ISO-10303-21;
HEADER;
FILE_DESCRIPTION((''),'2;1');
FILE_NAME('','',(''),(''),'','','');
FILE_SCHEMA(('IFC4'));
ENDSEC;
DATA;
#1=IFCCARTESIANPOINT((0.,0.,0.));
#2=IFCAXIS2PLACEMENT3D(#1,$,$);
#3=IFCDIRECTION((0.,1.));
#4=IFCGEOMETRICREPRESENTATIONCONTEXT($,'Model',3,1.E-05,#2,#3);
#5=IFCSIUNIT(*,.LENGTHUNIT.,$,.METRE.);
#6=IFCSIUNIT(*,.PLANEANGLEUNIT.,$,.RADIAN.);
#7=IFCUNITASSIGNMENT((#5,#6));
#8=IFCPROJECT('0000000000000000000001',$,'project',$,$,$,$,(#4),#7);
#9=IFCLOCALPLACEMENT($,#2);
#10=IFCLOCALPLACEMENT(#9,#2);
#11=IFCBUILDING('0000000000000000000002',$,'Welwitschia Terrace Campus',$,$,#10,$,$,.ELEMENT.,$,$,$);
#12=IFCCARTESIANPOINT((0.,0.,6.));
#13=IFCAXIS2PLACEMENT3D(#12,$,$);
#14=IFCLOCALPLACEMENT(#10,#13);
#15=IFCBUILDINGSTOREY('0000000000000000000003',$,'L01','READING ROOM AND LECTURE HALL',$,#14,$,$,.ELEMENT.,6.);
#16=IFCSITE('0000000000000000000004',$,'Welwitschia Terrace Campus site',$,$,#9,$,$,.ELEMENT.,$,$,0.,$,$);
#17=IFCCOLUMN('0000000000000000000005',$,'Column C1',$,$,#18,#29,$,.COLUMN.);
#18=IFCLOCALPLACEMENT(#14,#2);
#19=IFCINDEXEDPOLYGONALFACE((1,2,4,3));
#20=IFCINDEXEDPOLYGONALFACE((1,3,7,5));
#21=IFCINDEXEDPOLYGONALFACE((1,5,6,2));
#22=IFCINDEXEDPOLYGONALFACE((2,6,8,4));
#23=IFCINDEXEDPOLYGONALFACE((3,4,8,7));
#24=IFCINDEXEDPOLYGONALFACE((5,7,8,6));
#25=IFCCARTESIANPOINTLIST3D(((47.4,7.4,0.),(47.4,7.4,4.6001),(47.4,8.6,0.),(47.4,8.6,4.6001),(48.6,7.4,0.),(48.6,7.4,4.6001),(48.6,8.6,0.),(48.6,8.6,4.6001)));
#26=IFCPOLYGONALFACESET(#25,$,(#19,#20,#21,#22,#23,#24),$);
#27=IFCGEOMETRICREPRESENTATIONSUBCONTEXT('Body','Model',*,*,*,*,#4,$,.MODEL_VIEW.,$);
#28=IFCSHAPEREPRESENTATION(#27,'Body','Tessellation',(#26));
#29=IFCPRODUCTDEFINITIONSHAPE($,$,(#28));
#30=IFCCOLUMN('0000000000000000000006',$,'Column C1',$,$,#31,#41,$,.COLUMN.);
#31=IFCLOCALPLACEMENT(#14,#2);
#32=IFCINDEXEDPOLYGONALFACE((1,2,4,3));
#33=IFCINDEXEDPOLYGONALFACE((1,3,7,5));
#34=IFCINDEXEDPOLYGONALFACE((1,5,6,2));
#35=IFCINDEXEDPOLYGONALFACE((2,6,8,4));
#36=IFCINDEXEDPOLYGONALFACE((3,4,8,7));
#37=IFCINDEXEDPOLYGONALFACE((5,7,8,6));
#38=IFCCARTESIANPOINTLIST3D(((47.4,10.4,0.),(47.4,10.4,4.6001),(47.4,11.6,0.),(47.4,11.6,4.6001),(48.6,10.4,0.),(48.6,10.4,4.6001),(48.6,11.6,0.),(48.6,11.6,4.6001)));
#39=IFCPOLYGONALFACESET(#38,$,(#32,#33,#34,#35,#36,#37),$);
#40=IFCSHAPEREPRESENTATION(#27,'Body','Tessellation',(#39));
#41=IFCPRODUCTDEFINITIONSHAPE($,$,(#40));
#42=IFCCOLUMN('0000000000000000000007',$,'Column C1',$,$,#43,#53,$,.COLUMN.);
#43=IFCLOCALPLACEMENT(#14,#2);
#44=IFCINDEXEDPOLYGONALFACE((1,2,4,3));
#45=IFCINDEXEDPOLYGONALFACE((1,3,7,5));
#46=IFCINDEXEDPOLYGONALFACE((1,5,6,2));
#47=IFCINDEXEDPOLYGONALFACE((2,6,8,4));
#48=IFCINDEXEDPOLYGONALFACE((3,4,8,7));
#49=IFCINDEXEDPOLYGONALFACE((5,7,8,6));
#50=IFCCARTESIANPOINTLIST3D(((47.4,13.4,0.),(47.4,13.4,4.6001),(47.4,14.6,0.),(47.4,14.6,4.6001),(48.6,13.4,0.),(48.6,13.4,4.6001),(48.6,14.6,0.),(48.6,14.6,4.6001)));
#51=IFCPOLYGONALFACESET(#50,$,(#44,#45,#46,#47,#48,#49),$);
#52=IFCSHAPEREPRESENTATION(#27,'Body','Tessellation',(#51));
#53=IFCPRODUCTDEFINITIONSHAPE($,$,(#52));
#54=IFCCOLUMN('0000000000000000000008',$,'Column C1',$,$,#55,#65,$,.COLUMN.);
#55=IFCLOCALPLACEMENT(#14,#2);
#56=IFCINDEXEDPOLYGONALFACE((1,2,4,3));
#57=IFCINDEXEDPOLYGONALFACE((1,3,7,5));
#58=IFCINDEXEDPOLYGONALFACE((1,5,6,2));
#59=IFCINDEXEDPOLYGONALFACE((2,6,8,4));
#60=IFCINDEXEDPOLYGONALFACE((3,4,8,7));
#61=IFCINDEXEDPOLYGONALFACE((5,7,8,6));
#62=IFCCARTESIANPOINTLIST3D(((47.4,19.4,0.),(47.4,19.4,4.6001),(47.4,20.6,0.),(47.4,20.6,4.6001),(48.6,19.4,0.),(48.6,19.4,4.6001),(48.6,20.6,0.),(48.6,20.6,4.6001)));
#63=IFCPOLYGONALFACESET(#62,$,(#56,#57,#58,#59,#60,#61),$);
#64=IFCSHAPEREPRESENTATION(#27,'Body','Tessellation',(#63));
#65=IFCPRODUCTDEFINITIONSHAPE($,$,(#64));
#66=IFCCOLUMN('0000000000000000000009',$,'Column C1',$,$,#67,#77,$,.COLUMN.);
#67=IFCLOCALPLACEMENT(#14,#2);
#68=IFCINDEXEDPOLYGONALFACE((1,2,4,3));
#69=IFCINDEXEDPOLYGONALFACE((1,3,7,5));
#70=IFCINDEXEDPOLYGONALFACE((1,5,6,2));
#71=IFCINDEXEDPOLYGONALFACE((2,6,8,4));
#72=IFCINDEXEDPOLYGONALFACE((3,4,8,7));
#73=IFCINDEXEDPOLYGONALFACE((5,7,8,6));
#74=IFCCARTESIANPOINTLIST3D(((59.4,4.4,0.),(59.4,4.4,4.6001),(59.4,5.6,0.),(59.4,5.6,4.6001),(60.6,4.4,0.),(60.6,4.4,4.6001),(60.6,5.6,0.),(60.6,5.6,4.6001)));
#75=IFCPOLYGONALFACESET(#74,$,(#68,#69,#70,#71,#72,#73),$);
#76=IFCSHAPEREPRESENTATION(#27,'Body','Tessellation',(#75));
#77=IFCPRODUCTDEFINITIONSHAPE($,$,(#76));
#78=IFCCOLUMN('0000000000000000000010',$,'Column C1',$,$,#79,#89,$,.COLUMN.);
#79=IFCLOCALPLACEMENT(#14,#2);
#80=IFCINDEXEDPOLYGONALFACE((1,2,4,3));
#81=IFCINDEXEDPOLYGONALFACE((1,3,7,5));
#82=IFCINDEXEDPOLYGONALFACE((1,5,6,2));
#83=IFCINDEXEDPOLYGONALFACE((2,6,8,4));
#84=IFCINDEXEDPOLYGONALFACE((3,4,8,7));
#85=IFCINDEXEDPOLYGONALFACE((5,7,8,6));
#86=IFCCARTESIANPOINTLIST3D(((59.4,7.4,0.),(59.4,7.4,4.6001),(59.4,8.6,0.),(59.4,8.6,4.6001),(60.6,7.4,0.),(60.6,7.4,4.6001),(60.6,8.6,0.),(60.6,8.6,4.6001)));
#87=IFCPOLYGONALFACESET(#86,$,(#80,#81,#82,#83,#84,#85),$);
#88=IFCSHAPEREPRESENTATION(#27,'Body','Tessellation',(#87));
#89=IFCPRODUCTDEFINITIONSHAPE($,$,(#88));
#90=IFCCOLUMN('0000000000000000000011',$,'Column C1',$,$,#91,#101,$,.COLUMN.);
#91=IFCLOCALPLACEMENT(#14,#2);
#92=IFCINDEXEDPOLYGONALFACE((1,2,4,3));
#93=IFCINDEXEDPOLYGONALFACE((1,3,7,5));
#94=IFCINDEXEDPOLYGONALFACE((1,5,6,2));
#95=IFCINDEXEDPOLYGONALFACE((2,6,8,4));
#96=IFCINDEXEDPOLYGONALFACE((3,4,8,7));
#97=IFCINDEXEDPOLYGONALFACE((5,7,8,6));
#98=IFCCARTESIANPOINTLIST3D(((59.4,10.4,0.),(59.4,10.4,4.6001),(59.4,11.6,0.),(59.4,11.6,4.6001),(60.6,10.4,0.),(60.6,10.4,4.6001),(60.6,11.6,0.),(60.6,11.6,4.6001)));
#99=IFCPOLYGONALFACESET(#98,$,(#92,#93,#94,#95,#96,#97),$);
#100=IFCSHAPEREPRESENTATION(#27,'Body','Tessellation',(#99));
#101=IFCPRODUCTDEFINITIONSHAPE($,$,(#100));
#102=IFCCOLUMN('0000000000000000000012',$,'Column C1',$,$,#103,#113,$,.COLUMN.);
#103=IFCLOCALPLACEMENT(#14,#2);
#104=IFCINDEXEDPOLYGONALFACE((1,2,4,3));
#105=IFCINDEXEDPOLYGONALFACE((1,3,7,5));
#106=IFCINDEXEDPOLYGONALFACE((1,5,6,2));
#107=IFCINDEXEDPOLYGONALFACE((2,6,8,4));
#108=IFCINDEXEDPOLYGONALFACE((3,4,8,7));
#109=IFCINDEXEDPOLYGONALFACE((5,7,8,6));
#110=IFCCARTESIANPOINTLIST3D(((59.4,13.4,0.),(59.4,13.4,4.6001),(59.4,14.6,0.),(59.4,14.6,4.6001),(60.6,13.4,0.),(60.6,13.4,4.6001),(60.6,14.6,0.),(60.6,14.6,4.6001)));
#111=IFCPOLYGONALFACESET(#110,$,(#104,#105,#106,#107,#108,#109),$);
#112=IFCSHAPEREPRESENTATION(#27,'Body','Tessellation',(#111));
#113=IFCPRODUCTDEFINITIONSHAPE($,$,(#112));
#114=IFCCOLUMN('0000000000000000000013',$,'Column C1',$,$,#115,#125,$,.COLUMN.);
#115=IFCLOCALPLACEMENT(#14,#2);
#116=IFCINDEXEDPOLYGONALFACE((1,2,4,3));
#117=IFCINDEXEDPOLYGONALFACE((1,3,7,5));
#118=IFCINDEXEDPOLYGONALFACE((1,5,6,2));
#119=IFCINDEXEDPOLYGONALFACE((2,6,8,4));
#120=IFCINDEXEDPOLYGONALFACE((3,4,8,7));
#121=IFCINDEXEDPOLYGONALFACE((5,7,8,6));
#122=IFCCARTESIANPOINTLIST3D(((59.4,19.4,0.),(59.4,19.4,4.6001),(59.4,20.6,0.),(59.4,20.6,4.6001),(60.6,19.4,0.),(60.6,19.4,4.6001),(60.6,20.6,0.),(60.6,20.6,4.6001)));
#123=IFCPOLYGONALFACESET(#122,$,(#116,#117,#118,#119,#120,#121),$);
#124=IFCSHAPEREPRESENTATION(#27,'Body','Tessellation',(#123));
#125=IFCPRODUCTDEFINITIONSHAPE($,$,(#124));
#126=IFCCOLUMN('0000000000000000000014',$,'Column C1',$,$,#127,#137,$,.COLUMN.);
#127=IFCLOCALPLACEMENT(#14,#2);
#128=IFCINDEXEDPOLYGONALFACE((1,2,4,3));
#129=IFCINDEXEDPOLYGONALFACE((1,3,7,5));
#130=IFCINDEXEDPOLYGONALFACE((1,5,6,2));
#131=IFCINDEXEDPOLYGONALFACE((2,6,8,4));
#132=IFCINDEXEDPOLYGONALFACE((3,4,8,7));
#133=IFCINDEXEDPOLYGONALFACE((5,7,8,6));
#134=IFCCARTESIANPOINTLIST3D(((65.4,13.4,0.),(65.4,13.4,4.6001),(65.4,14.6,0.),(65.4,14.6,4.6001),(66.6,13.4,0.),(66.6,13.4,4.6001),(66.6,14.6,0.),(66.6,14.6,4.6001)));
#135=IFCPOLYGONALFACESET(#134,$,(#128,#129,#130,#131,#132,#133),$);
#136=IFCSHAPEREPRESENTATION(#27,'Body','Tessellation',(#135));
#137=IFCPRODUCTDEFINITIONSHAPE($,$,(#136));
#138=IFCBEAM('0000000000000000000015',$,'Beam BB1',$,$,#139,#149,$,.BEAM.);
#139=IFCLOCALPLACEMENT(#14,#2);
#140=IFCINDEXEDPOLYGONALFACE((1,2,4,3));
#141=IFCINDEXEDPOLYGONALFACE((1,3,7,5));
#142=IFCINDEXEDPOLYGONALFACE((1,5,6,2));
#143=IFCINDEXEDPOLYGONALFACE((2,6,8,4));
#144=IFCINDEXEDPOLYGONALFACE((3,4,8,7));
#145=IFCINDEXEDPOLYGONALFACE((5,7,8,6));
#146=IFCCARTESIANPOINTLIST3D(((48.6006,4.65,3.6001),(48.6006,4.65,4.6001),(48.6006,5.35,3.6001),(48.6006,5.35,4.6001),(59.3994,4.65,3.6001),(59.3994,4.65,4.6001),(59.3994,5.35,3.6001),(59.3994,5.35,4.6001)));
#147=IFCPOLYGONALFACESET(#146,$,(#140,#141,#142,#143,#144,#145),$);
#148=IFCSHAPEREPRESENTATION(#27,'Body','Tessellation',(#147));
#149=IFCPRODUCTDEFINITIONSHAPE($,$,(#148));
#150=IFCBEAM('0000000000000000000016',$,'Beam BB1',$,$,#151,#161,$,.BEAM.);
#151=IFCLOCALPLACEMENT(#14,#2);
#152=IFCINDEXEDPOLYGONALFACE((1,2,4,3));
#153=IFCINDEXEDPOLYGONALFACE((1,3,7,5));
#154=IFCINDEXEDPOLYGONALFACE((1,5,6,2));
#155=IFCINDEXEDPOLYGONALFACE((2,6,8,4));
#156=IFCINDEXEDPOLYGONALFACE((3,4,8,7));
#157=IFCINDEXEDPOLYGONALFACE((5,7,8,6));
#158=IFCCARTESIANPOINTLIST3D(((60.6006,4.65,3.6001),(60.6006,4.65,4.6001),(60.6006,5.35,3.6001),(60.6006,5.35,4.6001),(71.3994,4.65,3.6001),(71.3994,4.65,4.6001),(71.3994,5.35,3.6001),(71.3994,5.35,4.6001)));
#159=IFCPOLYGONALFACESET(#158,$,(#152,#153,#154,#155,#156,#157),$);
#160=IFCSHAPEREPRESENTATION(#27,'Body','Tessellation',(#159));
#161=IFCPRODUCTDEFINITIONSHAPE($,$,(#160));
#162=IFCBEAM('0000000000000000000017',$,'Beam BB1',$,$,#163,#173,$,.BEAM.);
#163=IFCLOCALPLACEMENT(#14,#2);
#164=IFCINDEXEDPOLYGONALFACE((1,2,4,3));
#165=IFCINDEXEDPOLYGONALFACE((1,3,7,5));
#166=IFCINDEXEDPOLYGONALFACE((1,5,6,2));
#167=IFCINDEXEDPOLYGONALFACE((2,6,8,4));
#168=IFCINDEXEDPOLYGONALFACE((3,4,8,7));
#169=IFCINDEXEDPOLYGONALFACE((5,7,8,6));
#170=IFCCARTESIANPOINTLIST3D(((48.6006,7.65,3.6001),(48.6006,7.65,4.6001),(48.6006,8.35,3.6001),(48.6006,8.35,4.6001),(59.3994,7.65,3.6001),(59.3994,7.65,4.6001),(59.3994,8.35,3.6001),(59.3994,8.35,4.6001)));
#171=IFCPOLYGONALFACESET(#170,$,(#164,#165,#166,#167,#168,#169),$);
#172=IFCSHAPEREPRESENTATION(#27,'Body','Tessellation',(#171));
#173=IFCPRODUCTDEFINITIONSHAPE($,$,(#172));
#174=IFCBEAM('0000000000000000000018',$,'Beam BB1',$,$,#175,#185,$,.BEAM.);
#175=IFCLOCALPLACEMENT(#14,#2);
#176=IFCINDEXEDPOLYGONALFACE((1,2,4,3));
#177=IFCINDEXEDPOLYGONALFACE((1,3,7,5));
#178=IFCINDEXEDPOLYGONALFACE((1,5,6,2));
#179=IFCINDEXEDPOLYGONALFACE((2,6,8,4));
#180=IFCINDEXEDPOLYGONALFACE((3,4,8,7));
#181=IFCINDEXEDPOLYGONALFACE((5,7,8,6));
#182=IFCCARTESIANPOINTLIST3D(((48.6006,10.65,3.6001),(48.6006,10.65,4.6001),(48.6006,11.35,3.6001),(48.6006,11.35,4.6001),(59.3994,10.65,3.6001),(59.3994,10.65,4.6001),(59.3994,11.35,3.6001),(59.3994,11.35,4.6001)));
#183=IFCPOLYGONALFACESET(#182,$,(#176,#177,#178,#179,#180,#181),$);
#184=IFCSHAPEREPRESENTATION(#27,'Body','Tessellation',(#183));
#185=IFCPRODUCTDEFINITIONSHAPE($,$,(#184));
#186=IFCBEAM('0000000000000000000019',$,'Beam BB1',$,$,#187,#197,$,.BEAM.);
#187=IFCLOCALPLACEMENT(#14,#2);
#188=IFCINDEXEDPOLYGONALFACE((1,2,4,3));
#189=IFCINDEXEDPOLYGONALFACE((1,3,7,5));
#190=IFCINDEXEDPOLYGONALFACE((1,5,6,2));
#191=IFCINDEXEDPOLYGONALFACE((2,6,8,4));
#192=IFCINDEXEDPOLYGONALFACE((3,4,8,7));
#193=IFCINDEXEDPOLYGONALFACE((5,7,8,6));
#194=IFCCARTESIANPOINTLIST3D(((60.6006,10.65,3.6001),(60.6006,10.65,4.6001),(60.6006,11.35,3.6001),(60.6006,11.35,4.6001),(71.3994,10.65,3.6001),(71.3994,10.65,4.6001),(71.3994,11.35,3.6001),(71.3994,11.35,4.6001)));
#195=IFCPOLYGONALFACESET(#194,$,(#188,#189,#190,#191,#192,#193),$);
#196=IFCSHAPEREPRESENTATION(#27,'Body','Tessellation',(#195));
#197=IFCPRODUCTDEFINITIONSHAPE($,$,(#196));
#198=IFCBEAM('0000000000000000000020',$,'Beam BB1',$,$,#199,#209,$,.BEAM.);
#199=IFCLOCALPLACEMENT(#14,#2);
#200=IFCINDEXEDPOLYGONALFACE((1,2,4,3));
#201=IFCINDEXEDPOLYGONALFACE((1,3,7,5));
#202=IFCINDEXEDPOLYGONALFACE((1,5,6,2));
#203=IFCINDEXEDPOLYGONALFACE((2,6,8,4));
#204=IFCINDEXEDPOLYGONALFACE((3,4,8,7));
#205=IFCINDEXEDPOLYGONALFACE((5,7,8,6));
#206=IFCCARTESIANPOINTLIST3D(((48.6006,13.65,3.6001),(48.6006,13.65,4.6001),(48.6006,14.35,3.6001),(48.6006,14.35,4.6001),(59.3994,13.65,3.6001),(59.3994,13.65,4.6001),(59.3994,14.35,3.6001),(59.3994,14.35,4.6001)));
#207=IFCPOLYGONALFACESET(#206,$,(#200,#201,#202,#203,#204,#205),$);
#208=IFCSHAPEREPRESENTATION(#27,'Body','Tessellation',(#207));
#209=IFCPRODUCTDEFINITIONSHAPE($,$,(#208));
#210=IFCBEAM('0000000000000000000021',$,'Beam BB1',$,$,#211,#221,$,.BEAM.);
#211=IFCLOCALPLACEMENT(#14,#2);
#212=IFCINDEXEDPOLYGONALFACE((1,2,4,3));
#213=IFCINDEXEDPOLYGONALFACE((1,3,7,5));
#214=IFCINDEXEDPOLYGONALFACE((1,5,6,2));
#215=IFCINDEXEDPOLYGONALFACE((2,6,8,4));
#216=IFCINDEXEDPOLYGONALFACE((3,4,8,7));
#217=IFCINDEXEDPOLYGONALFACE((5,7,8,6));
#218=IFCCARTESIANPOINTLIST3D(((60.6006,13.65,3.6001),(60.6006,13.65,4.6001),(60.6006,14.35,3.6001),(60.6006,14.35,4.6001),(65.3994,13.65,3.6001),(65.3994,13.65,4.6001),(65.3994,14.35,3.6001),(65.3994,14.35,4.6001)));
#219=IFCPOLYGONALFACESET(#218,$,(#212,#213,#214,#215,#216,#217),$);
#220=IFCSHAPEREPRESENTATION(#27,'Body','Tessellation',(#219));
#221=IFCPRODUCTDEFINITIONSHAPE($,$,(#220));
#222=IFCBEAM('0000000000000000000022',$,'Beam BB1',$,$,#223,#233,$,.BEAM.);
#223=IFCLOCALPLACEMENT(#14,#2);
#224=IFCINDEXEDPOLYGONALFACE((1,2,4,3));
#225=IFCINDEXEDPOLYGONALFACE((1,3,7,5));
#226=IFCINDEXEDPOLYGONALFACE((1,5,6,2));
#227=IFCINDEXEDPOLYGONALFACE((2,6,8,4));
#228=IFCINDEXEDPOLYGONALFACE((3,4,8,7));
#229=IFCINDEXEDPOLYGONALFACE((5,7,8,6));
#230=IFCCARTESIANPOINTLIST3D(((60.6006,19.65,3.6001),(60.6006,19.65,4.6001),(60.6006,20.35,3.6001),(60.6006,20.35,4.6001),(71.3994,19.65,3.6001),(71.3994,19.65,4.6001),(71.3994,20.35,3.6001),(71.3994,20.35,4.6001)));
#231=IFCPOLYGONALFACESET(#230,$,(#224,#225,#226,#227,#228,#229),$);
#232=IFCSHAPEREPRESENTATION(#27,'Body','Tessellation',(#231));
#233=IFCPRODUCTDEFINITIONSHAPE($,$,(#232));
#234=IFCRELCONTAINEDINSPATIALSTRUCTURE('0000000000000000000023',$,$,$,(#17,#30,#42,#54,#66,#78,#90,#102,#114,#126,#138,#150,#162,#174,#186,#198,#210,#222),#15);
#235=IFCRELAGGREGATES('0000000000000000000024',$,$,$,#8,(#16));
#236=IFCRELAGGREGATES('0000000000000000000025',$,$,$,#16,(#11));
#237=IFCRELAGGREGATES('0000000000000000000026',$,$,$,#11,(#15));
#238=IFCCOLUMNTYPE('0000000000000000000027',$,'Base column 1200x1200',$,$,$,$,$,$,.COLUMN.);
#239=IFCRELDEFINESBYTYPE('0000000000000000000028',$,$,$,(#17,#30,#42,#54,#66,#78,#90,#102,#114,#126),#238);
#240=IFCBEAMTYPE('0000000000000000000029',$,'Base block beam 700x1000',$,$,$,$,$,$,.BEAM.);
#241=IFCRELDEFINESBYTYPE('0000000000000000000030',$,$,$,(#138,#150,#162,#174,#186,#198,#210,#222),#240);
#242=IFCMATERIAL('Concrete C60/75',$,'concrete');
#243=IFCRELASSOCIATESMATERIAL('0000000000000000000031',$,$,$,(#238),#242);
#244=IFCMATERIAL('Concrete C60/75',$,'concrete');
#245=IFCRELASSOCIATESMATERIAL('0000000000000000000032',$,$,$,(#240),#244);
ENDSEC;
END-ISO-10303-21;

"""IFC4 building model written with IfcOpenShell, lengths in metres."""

from ifc_helpers import new_model, si_unit, direction, frame, origin, origin_2d, place, context, subcontext, project, spatial, rectangle, extrude, material, material_profile, profile_set, type_object, element, save


model = new_model("IFC4")

# Units and contexts
model_context = context("Model", 3, precision=1e-05, world=origin(), true_north=direction((0.0, 1.0)))
body_context = subcontext(model_context, "Body", "Model", "MODEL_VIEW")
ifc_project = project(units=[si_unit("LENGTHUNIT", "METRE"), si_unit("PLANEANGLEUNIT", "RADIAN")], contexts=[model_context])

# Site, building, storey
site_placement = place(None, origin())
site = spatial("IfcSite", under=ifc_project, at=site_placement, Name="Welwitschia Terrace Campus site", CompositionType="ELEMENT", RefElevation=0.0)
building_placement = place(site_placement, origin())
building = spatial("IfcBuilding", under=site, at=building_placement, Name="Welwitschia Terrace Campus", CompositionType="ELEMENT")
storey_placement = place(building_placement, frame((0.0, 0.0, 6.0)))
storey = spatial("IfcBuildingStorey", under=building, at=storey_placement, Name="L01", Description="READING ROOM AND LECTURE HALL", CompositionType="ELEMENT", Elevation=6.0)

# Columns
ifc_material_1 = material(Name="Concrete C60/75", Category="concrete")
ifc_material_profile_1 = material_profile(ifc_material_1, rectangle(XDim=1.2, YDim=1.2, at=origin_2d()))
ifc_profile_set_1 = profile_set([ifc_material_profile_1], Name="Concrete C60/75")
column_type = type_object("IfcColumnType", Name="Base column 1200x1200", PredefinedType="COLUMN", material=ifc_profile_set_1)
for number, where, z_axis, x_axis, name in (
    (1, (48.0, 8.0, 0.0), (0.0, 0.0, 1.0), (1.0, 0.0, 0.0), "Column C1"),
    (2, (48.0, 11.0, 0.0), (0.0, 0.0, 1.0), (1.0, 0.0, 0.0), "Column C1"),
    (3, (48.0, 14.0, 0.0), (0.0, 0.0, 1.0), (1.0, 0.0, 0.0), "Column C1"),
    (4, (48.0, 20.0, 0.0), (0.0, 0.0, 1.0), (1.0, 0.0, 0.0), "Column C1"),
    (5, (60.0, 5.0, 0.0), (0.0, 0.0, 1.0), (1.0, 0.0, 0.0), "Column C1"),
    (6, (60.0, 8.0, 0.0), (0.0, 0.0, 1.0), (1.0, 0.0, 0.0), "Column C1"),
    (7, (60.0, 11.0, 0.0), (0.0, 0.0, 1.0), (1.0, 0.0, 0.0), "Column C1"),
    (8, (60.0, 14.0, 0.0), (0.0, 0.0, 1.0), (1.0, 0.0, 0.0), "Column C1"),
    (9, (60.0, 20.0, 0.0), (0.0, 0.0, 1.0), (1.0, 0.0, 0.0), "Column C1"),
    (10, (66.0, 14.0, 0.0), (0.0, 0.0, 1.0), (1.0, 0.0, 0.0), "Column C1"),
):
    element("IfcColumn", number, at=place(storey_placement, frame(where, z_axis=z_axis, x_axis=x_axis)), inside=storey, type_object=column_type, Name=name, PredefinedType="COLUMN", context=body_context, shape_type="SweptSolid", body=[
        extrude(rectangle(XDim=1.2, YDim=1.2, at=origin_2d()), origin(), (0.0, 0.0, 1.0), 4.6001),
    ])

# Beams
ifc_material_2 = material(Name="Concrete C60/75", Category="concrete")
ifc_material_profile_2 = material_profile(ifc_material_2, rectangle(XDim=0.7, YDim=1.0, at=origin_2d()))
ifc_profile_set_2 = profile_set([ifc_material_profile_2], Name="Concrete C60/75")
beam_type_1 = type_object("IfcBeamType", Name="Base block beam 700x1000", PredefinedType="BEAM", material=ifc_profile_set_2)
for number, where, z_axis, x_axis, name in (
    (11, (48.6006, 5.0, 4.1001), (1.0, 0.0, 0.0), (0.0, 1.0, 0.0), "Beam BB1"),
    (12, (60.6006, 5.0, 4.1001), (1.0, 0.0, 0.0), (0.0, 1.0, 0.0), "Beam BB1"),
    (13, (48.6006, 8.0, 4.1001), (1.0, 0.0, 0.0), (0.0, 1.0, 0.0), "Beam BB1"),
    (14, (48.6006, 11.0, 4.1001), (1.0, 0.0, 0.0), (0.0, 1.0, 0.0), "Beam BB1"),
    (15, (60.6006, 11.0, 4.1001), (1.0, 0.0, 0.0), (0.0, 1.0, 0.0), "Beam BB1"),
    (16, (48.6006, 14.0, 4.1001), (1.0, 0.0, 0.0), (0.0, 1.0, 0.0), "Beam BB1"),
):
    element("IfcBeam", number, at=place(storey_placement, frame(where, z_axis=z_axis, x_axis=x_axis)), inside=storey, type_object=beam_type_1, Name=name, PredefinedType="BEAM", context=body_context, shape_type="SweptSolid", body=[
        extrude(rectangle(XDim=0.7, YDim=1.0, at=origin_2d()), origin(), (0.0, 0.0, 1.0), 10.7988),
    ])
beam_1_placement = place(storey_placement, frame((60.6006, 14.0, 4.1001), z_axis=(1.0, 0.0, 0.0), x_axis=(0.0, 1.0, 0.0)))
element("IfcBeam", 17, at=beam_1_placement, inside=storey, type_object=beam_type_1, Name="Beam BB1", PredefinedType="BEAM", context=body_context, shape_type="SweptSolid", body=[
    extrude(rectangle(XDim=0.7, YDim=1.0, at=origin_2d()), origin(), (0.0, 0.0, 1.0), 4.7988),
])
beam_2_placement = place(storey_placement, frame((60.6006, 20.0, 4.1001), z_axis=(1.0, 0.0, 0.0), x_axis=(0.0, 1.0, 0.0)))
element("IfcBeam", 18, at=beam_2_placement, inside=storey, type_object=beam_type_1, Name="Beam BB1", PredefinedType="BEAM", context=body_context, shape_type="SweptSolid", body=[
    extrude(rectangle(XDim=0.7, YDim=1.0, at=origin_2d()), origin(), (0.0, 0.0, 1.0), 10.7988),
])

save(model, "model.ifc")
